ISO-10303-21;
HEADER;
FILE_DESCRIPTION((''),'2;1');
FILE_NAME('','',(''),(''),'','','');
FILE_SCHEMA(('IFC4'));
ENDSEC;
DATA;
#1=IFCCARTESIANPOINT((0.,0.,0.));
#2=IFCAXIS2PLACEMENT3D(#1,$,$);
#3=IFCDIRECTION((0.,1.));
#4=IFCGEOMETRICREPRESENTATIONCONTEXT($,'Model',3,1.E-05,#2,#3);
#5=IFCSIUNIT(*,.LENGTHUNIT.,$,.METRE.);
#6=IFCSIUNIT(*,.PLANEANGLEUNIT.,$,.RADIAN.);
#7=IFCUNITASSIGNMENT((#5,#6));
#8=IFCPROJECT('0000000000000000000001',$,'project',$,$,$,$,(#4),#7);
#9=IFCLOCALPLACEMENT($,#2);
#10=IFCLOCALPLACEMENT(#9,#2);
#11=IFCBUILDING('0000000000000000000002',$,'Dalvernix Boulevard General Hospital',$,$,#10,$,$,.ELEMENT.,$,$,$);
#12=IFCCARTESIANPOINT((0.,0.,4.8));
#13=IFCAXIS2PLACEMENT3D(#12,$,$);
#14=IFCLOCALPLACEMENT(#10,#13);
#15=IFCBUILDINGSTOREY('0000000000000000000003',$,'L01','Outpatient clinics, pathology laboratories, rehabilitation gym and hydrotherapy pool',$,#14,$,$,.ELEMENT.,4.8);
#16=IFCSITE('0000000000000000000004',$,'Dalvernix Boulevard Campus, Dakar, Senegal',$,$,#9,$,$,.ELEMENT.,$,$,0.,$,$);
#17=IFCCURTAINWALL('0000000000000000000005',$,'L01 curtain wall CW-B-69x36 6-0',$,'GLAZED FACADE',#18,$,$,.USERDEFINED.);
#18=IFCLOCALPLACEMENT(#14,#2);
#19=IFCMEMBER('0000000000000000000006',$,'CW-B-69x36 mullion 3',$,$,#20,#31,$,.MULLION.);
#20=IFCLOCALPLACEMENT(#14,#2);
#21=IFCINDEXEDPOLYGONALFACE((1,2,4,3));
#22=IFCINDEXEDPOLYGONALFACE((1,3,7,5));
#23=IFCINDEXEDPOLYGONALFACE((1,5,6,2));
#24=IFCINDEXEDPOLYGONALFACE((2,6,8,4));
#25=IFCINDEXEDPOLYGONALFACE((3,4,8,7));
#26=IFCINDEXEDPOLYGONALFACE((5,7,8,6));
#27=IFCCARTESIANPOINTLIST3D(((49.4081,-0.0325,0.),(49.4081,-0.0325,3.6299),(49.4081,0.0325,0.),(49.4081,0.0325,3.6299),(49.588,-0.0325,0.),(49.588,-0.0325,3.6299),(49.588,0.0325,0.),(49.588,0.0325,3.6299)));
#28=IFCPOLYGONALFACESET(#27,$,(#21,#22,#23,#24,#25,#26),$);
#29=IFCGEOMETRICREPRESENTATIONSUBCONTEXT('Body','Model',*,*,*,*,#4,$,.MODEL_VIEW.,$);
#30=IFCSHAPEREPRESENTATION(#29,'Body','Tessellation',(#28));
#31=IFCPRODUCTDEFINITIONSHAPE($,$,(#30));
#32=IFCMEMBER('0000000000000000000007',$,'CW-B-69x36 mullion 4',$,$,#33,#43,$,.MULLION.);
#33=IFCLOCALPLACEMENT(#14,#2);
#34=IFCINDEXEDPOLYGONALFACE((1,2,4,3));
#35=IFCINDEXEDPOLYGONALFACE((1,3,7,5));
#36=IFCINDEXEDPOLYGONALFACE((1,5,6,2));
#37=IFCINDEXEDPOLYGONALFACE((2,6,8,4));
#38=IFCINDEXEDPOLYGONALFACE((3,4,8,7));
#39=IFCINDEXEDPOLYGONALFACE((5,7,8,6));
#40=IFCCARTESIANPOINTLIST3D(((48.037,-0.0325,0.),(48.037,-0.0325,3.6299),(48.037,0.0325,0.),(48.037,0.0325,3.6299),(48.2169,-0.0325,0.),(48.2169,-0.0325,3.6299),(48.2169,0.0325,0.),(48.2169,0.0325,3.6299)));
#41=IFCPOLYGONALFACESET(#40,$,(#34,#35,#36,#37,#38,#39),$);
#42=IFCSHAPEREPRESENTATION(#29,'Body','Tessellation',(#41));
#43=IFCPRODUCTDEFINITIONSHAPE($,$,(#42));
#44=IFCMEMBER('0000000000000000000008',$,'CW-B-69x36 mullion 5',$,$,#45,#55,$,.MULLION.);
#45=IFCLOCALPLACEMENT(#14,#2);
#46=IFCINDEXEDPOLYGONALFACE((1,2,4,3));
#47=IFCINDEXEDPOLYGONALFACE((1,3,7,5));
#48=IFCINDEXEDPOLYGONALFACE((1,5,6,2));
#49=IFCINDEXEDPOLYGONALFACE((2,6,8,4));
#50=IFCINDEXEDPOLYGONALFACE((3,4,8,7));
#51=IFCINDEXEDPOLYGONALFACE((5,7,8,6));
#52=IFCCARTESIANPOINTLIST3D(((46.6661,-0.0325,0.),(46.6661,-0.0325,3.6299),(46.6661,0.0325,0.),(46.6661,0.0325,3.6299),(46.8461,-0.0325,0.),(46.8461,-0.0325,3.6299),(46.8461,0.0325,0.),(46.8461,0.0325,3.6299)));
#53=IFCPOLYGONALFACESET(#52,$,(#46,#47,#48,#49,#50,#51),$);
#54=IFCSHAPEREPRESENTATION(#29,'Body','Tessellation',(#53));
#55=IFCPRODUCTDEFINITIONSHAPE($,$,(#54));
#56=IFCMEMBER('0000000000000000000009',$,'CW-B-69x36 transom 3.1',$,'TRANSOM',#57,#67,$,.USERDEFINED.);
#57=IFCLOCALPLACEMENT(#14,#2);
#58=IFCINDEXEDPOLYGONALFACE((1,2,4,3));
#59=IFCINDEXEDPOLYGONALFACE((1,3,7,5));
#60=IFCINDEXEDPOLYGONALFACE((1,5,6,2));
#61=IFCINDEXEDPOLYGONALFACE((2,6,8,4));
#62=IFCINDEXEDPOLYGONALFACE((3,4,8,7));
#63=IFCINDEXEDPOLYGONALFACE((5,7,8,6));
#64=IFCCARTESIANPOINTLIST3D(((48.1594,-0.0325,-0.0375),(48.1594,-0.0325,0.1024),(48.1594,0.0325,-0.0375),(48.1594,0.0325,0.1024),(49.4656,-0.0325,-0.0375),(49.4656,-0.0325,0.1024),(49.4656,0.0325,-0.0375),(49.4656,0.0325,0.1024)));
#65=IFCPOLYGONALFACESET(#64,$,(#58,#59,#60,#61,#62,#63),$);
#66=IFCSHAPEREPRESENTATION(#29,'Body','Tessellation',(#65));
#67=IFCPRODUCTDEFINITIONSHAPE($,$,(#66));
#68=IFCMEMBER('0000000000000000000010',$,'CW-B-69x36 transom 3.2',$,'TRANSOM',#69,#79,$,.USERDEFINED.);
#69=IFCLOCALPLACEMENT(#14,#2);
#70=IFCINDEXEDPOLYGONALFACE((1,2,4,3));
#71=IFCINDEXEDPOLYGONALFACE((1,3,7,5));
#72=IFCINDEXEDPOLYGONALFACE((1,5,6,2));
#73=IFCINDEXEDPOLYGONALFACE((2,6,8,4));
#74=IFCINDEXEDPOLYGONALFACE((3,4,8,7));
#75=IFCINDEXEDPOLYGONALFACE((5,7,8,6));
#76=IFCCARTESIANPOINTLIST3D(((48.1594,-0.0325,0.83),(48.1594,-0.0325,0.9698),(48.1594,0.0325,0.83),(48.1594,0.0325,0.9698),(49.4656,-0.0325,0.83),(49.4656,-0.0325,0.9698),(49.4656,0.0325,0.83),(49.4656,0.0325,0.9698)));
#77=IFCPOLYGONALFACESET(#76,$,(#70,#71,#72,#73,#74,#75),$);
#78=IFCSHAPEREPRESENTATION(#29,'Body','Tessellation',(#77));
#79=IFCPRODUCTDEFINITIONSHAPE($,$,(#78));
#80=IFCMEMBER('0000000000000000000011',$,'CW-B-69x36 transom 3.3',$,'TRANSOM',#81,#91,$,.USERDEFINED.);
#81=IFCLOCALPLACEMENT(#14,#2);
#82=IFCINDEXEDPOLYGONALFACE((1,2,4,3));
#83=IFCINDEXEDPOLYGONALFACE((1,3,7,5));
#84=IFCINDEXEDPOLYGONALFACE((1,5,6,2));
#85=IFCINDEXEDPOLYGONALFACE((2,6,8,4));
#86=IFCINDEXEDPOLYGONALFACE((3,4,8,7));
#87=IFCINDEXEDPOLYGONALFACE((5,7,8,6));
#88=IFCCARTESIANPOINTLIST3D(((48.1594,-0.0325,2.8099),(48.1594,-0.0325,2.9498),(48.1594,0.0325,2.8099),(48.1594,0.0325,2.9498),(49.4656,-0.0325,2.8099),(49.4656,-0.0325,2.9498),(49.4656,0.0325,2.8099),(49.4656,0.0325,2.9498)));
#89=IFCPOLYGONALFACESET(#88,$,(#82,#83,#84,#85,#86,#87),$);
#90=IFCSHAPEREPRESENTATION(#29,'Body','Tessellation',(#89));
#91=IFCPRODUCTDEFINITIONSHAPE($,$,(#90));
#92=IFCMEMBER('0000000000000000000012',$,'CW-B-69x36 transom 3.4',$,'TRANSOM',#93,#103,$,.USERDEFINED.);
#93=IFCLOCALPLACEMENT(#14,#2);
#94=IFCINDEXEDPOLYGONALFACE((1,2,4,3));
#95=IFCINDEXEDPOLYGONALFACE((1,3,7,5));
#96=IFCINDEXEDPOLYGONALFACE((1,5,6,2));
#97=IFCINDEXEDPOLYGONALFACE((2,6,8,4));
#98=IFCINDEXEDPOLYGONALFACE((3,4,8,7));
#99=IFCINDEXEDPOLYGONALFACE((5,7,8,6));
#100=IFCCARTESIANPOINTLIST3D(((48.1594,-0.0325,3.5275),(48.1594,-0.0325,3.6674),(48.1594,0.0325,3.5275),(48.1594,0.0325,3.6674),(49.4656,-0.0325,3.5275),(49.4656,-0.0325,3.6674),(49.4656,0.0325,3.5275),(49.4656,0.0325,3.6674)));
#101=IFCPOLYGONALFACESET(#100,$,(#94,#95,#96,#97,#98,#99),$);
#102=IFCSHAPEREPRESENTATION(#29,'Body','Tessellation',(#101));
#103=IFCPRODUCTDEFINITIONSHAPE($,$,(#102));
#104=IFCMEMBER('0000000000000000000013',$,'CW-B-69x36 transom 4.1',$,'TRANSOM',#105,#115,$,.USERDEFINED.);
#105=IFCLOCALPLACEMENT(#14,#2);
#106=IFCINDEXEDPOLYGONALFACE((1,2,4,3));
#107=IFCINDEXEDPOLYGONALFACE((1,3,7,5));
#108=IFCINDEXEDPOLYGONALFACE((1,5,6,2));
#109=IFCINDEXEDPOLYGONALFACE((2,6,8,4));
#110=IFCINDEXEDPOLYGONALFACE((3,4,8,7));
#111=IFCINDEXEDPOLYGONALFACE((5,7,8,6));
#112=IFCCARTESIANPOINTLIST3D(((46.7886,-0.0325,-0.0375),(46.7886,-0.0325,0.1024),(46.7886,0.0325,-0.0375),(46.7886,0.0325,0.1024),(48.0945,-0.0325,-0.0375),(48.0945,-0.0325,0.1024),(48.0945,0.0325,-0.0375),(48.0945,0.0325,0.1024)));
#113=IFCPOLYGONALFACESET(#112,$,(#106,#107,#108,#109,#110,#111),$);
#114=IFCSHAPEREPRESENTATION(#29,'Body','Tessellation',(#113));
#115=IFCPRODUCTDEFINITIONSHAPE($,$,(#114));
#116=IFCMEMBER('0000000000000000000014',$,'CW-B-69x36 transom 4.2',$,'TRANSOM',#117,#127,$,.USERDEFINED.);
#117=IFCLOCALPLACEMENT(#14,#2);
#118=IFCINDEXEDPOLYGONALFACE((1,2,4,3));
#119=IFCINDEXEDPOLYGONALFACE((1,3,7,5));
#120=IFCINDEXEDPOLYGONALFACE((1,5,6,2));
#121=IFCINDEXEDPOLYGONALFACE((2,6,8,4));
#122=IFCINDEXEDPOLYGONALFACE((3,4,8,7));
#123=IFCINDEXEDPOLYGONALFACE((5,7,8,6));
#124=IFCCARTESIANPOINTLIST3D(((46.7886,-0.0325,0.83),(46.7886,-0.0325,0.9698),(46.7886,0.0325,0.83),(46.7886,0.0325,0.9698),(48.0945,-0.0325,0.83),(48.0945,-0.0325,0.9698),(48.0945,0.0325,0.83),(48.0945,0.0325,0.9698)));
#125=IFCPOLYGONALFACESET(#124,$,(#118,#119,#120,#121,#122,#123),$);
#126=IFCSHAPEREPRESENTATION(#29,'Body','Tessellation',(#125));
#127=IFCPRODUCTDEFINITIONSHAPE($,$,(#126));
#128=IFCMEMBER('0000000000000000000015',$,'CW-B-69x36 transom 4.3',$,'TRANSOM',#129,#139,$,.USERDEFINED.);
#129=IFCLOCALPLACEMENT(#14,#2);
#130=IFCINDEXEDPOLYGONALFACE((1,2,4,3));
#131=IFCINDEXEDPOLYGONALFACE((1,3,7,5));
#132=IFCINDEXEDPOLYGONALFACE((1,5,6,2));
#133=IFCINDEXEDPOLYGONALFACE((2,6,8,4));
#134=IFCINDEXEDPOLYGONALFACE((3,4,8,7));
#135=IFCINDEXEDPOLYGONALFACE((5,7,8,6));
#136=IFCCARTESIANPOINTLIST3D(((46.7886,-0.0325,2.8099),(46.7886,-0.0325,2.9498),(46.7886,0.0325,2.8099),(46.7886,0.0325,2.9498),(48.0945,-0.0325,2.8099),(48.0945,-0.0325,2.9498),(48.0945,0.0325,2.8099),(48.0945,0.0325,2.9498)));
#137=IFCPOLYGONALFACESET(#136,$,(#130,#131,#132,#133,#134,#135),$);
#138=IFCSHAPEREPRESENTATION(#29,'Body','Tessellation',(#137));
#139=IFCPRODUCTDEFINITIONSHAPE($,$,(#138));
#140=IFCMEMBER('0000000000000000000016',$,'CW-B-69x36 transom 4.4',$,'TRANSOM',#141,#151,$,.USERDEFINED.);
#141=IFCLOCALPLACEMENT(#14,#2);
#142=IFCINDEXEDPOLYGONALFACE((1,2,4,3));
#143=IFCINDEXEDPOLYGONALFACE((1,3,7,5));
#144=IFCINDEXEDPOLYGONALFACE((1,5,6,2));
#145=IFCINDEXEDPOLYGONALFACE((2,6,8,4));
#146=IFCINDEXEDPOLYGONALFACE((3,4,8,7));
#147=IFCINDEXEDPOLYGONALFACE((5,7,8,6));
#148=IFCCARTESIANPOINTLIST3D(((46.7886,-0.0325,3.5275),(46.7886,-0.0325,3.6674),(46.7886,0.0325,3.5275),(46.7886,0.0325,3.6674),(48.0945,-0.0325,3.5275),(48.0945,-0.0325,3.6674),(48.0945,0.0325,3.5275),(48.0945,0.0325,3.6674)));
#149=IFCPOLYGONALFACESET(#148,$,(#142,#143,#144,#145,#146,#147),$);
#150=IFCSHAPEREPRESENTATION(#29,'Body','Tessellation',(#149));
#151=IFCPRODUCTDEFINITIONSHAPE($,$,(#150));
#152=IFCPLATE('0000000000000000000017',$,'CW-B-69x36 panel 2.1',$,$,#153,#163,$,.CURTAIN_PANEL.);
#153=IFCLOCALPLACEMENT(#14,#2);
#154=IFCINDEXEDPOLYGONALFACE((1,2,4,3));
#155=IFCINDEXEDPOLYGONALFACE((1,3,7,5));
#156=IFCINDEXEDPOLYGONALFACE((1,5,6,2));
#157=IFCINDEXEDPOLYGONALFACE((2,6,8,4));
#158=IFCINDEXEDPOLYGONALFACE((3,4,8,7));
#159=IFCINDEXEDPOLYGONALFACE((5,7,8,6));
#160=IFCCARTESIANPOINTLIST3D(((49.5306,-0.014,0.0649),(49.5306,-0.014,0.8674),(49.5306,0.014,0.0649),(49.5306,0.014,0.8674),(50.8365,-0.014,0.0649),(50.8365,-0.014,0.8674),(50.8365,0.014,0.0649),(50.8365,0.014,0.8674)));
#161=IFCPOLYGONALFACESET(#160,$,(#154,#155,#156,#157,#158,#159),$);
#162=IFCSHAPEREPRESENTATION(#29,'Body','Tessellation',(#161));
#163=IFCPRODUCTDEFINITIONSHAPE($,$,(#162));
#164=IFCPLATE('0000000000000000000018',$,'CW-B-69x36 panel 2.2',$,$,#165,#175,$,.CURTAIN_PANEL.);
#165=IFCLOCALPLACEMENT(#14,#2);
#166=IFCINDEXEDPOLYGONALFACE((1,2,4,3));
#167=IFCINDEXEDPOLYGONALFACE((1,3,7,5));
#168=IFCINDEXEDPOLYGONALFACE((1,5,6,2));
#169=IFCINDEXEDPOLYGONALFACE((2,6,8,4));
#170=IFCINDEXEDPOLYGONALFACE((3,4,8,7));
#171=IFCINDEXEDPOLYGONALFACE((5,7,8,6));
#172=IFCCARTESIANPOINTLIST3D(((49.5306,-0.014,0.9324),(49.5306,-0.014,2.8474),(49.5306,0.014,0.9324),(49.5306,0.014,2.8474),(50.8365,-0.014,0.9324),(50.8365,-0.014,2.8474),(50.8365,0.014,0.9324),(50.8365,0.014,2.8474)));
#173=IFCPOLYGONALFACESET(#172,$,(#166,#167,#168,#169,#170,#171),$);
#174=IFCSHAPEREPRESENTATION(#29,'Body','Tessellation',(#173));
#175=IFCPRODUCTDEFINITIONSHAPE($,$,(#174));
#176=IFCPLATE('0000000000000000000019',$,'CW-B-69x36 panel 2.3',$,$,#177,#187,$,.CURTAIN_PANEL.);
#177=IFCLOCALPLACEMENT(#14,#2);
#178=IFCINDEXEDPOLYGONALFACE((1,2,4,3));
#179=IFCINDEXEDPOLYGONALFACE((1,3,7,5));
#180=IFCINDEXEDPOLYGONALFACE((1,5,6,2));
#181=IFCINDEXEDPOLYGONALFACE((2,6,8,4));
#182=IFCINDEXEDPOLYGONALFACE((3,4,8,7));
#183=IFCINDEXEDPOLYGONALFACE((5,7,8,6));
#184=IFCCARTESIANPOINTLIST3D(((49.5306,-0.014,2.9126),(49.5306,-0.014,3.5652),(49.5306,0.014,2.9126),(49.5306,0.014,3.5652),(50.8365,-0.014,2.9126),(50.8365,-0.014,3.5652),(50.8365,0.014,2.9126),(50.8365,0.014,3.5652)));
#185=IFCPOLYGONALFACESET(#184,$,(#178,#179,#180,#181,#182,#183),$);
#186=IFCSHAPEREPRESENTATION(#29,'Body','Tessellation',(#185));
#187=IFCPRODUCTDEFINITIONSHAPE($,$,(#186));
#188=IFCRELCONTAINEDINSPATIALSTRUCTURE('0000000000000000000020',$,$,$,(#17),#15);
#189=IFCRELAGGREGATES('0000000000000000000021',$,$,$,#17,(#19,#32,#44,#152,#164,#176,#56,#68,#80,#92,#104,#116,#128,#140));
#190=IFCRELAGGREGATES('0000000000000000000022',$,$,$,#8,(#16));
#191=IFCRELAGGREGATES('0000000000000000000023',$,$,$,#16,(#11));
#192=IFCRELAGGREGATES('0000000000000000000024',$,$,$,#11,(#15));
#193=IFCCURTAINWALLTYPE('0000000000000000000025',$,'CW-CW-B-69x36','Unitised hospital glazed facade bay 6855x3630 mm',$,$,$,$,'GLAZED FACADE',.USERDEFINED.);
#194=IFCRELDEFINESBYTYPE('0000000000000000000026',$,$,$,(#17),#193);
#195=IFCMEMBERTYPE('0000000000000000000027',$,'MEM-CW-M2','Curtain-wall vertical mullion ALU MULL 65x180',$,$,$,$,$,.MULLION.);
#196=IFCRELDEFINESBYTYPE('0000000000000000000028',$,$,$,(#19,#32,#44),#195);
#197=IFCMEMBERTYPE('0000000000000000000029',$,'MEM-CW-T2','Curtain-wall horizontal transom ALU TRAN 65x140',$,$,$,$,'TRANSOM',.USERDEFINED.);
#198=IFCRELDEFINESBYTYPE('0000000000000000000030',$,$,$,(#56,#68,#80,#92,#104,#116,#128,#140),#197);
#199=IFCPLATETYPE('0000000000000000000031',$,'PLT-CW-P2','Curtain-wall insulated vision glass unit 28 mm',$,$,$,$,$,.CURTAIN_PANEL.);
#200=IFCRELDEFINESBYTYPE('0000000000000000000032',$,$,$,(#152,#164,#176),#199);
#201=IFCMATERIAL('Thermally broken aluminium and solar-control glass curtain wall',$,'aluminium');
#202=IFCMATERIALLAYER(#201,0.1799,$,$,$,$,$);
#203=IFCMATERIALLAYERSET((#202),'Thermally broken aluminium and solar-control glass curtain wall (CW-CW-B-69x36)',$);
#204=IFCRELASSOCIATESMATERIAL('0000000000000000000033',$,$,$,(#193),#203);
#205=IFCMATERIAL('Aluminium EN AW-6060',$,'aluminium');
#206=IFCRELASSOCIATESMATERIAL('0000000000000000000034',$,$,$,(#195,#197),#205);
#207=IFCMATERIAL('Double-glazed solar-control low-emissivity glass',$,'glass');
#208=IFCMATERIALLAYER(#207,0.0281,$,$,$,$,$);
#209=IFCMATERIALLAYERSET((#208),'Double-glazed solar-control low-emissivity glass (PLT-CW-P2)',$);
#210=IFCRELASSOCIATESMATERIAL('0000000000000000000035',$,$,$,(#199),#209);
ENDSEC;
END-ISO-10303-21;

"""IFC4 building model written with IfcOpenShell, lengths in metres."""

from ifc_helpers import new_model, si_unit, direction, frame, origin, origin_2d, place, context, subcontext, project, spatial, rectangle, extrude, material, layer, layer_set, material_profile, profile_set, type_object, element, aggregate, save


model = new_model("IFC4")

# Units and contexts
model_context = context("Model", 3, precision=1e-05, world=origin(), true_north=direction((0.0, 1.0)))
body_context = subcontext(model_context, "Body", "Model", "MODEL_VIEW")
ifc_project = project(units=[si_unit("LENGTHUNIT", "METRE"), si_unit("PLANEANGLEUNIT", "RADIAN")], contexts=[model_context])

# Site, building, storey
site_placement = place(None, origin())
site = spatial("IfcSite", under=ifc_project, at=site_placement, Name="Dalvernix Boulevard Campus, Dakar, Senegal", CompositionType="ELEMENT", RefElevation=0.0)
building_placement = place(site_placement, origin())
building = spatial("IfcBuilding", under=site, at=building_placement, Name="Dalvernix Boulevard General Hospital", CompositionType="ELEMENT")
storey_placement = place(building_placement, frame((0.0, 0.0, 4.8)))
storey = spatial("IfcBuildingStorey", under=building, at=storey_placement, Name="L01", Description="Outpatient clinics, pathology laboratories, rehabilitation gym and hydrotherapy pool", CompositionType="ELEMENT", Elevation=4.8)

# Curtain wall, members, plates
ifc_material_1 = material(Name="Thermally broken aluminium and solar-control glass curtain wall", Category="aluminium")
ifc_layer_1 = layer(ifc_material_1, 0.1799)
ifc_layer_set_1 = layer_set([ifc_layer_1], Name="Thermally broken aluminium and solar-control glass curtain wall (CW-CW-B-69x36)")
curtain_wall_type = type_object("IfcCurtainWallType", Name="CW-CW-B-69x36", Description="Unitised hospital glazed facade bay 6855x3630 mm", ElementType="GLAZED FACADE", PredefinedType="USERDEFINED", material=ifc_layer_set_1)
curtain_wall_placement = place(storey_placement, origin())
curtain_wall = element("IfcCurtainWall", 1, at=curtain_wall_placement, inside=storey, type_object=curtain_wall_type, Name="L01 curtain wall CW-B-69x36 6-0", ObjectType="GLAZED FACADE", PredefinedType="USERDEFINED")
ifc_material_2 = material(Name="Aluminium EN AW-6060", Category="aluminium")
ifc_material_profile_1 = material_profile(ifc_material_2, rectangle(XDim=0.0649, YDim=0.1799, at=origin_2d()), Name="ALU MULL 65x180")
ifc_profile_set_1 = profile_set([ifc_material_profile_1], Name="Aluminium EN AW-6060")
member_type_1 = type_object("IfcMemberType", Name="MEM-CW-M2", Description="Curtain-wall vertical mullion ALU MULL 65x180", PredefinedType="MULLION", material=ifc_profile_set_1)
member_1_placement = place(storey_placement, frame((49.498, 0.0, 0.0), z_axis=(0.0, 0.0, 1.0), x_axis=(0.0, -1.0, 0.0)))
member_1 = element("IfcMember", 2, at=member_1_placement, type_object=member_type_1, Name="CW-B-69x36 mullion 3", PredefinedType="MULLION", context=body_context, shape_type="SweptSolid", body=[
    extrude(rectangle(XDim=0.0649, YDim=0.1799, at=origin_2d()), origin(), (0.0, 0.0, 1.0), 3.6299),
])
member_2_placement = place(storey_placement, frame((48.127, 0.0, 0.0), z_axis=(0.0, 0.0, 1.0), x_axis=(0.0, -1.0, 0.0)))
member_2 = element("IfcMember", 3, at=member_2_placement, type_object=member_type_1, Name="CW-B-69x36 mullion 4", PredefinedType="MULLION", context=body_context, shape_type="SweptSolid", body=[
    extrude(rectangle(XDim=0.0649, YDim=0.1799, at=origin_2d()), origin(), (0.0, 0.0, 1.0), 3.6299),
])
member_3_placement = place(storey_placement, frame((46.7561, 0.0, 0.0), z_axis=(0.0, 0.0, 1.0), x_axis=(0.0, -1.0, 0.0)))
member_3 = element("IfcMember", 4, at=member_3_placement, type_object=member_type_1, Name="CW-B-69x36 mullion 5", PredefinedType="MULLION", context=body_context, shape_type="SweptSolid", body=[
    extrude(rectangle(XDim=0.0649, YDim=0.1799, at=origin_2d()), origin(), (0.0, 0.0, 1.0), 3.6299),
])
ifc_material_profile_2 = material_profile(ifc_material_2, rectangle(XDim=0.0649, YDim=0.1399, at=origin_2d()), Name="ALU TRAN 65x140")
ifc_profile_set_2 = profile_set([ifc_material_profile_2], Name="Aluminium EN AW-6060")
member_type_2 = type_object("IfcMemberType", Name="MEM-CW-T2", Description="Curtain-wall horizontal transom ALU TRAN 65x140", ElementType="TRANSOM", PredefinedType="USERDEFINED", material=ifc_profile_set_2)
member_4_placement = place(storey_placement, frame((49.4656, 0.0, 0.0325), z_axis=(-1.0, 0.0, 0.0), x_axis=(0.0, -1.0, 0.0)))
member_4 = element("IfcMember", 5, at=member_4_placement, type_object=member_type_2, Name="CW-B-69x36 transom 3.1", ObjectType="TRANSOM", PredefinedType="USERDEFINED", context=body_context, shape_type="SweptSolid", body=[
    extrude(rectangle(XDim=0.0649, YDim=0.1399, at=origin_2d()), origin(), (0.0, 0.0, 1.0), 1.3062),
])
member_5_placement = place(storey_placement, frame((49.4656, 0.0, 0.8999), z_axis=(-1.0, 0.0, 0.0), x_axis=(0.0, -1.0, 0.0)))
member_5 = element("IfcMember", 6, at=member_5_placement, type_object=member_type_2, Name="CW-B-69x36 transom 3.2", ObjectType="TRANSOM", PredefinedType="USERDEFINED", context=body_context, shape_type="SweptSolid", body=[
    extrude(rectangle(XDim=0.0649, YDim=0.1399, at=origin_2d()), origin(), (0.0, 0.0, 1.0), 1.3062),
])
member_6_placement = place(storey_placement, frame((49.4656, 0.0, 2.8799), z_axis=(-1.0, 0.0, 0.0), x_axis=(0.0, -1.0, 0.0)))
member_6 = element("IfcMember", 7, at=member_6_placement, type_object=member_type_2, Name="CW-B-69x36 transom 3.3", ObjectType="TRANSOM", PredefinedType="USERDEFINED", context=body_context, shape_type="SweptSolid", body=[
    extrude(rectangle(XDim=0.0649, YDim=0.1399, at=origin_2d()), origin(), (0.0, 0.0, 1.0), 1.3062),
])
member_7_placement = place(storey_placement, frame((49.4656, 0.0, 3.5974), z_axis=(-1.0, 0.0, 0.0), x_axis=(0.0, -1.0, 0.0)))
member_7 = element("IfcMember", 8, at=member_7_placement, type_object=member_type_2, Name="CW-B-69x36 transom 3.4", ObjectType="TRANSOM", PredefinedType="USERDEFINED", context=body_context, shape_type="SweptSolid", body=[
    extrude(rectangle(XDim=0.0649, YDim=0.1399, at=origin_2d()), origin(), (0.0, 0.0, 1.0), 1.3062),
])
member_8_placement = place(storey_placement, frame((48.0945, 0.0, 0.0325), z_axis=(-1.0, 0.0, 0.0), x_axis=(0.0, -1.0, 0.0)))
member_8 = element("IfcMember", 9, at=member_8_placement, type_object=member_type_2, Name="CW-B-69x36 transom 4.1", ObjectType="TRANSOM", PredefinedType="USERDEFINED", context=body_context, shape_type="SweptSolid", body=[
    extrude(rectangle(XDim=0.0649, YDim=0.1399, at=origin_2d()), origin(), (0.0, 0.0, 1.0), 1.3059),
])
member_9_placement = place(storey_placement, frame((48.0945, 0.0, 0.8999), z_axis=(-1.0, 0.0, 0.0), x_axis=(0.0, -1.0, 0.0)))
member_9 = element("IfcMember", 10, at=member_9_placement, type_object=member_type_2, Name="CW-B-69x36 transom 4.2", ObjectType="TRANSOM", PredefinedType="USERDEFINED", context=body_context, shape_type="SweptSolid", body=[
    extrude(rectangle(XDim=0.0649, YDim=0.1399, at=origin_2d()), origin(), (0.0, 0.0, 1.0), 1.3059),
])
member_10_placement = place(storey_placement, frame((48.0945, 0.0, 2.8799), z_axis=(-1.0, 0.0, 0.0), x_axis=(0.0, -1.0, 0.0)))
member_10 = element("IfcMember", 11, at=member_10_placement, type_object=member_type_2, Name="CW-B-69x36 transom 4.3", ObjectType="TRANSOM", PredefinedType="USERDEFINED", context=body_context, shape_type="SweptSolid", body=[
    extrude(rectangle(XDim=0.0649, YDim=0.1399, at=origin_2d()), origin(), (0.0, 0.0, 1.0), 1.3059),
])
member_11_placement = place(storey_placement, frame((48.0945, 0.0, 3.5974), z_axis=(-1.0, 0.0, 0.0), x_axis=(0.0, -1.0, 0.0)))
member_11 = element("IfcMember", 12, at=member_11_placement, type_object=member_type_2, Name="CW-B-69x36 transom 4.4", ObjectType="TRANSOM", PredefinedType="USERDEFINED", context=body_context, shape_type="SweptSolid", body=[
    extrude(rectangle(XDim=0.0649, YDim=0.1399, at=origin_2d()), origin(), (0.0, 0.0, 1.0), 1.3059),
])
ifc_material_3 = material(Name="Double-glazed solar-control low-emissivity glass", Category="glass")
ifc_layer_2 = layer(ifc_material_3, 0.0281)
ifc_layer_set_2 = layer_set([ifc_layer_2], Name="Double-glazed solar-control low-emissivity glass (PLT-CW-P2)")
plate_type = type_object("IfcPlateType", Name="PLT-CW-P2", Description="Curtain-wall insulated vision glass unit 28 mm", PredefinedType="CURTAIN_PANEL", material=ifc_layer_set_2)
plate_1_placement = place(storey_placement, frame((50.1836, 0.0, 0.0649), z_axis=(0.0, 0.0, 1.0), x_axis=(-1.0, 0.0, 0.0)))
plate_1 = element("IfcPlate", 13, at=plate_1_placement, type_object=plate_type, Name="CW-B-69x36 panel 2.1", PredefinedType="CURTAIN_PANEL", context=body_context, shape_type="SweptSolid", body=[
    extrude(rectangle(XDim=1.3059, YDim=0.0281, at=origin_2d()), origin(), (0.0, 0.0, 1.0), 0.8025),
])
plate_2_placement = place(storey_placement, frame((50.1836, 0.0, 0.9324), z_axis=(0.0, 0.0, 1.0), x_axis=(-1.0, 0.0, 0.0)))
plate_2 = element("IfcPlate", 14, at=plate_2_placement, type_object=plate_type, Name="CW-B-69x36 panel 2.2", PredefinedType="CURTAIN_PANEL", context=body_context, shape_type="SweptSolid", body=[
    extrude(rectangle(XDim=1.3059, YDim=0.0281, at=origin_2d()), origin(), (0.0, 0.0, 1.0), 1.915),
])
plate_3_placement = place(storey_placement, frame((50.1836, 0.0, 2.9126), z_axis=(0.0, 0.0, 1.0), x_axis=(-1.0, 0.0, 0.0)))
plate_3 = element("IfcPlate", 15, at=plate_3_placement, type_object=plate_type, Name="CW-B-69x36 panel 2.3", PredefinedType="CURTAIN_PANEL", context=body_context, shape_type="SweptSolid", body=[
    extrude(rectangle(XDim=1.3059, YDim=0.0281, at=origin_2d()), origin(), (0.0, 0.0, 1.0), 0.6526),
])
aggregate(curtain_wall, [member_1, member_2, member_3, plate_1, plate_2, plate_3, member_4, member_5, member_6, member_7, member_8, member_9, member_10, member_11])

save(model, "model.ifc")
